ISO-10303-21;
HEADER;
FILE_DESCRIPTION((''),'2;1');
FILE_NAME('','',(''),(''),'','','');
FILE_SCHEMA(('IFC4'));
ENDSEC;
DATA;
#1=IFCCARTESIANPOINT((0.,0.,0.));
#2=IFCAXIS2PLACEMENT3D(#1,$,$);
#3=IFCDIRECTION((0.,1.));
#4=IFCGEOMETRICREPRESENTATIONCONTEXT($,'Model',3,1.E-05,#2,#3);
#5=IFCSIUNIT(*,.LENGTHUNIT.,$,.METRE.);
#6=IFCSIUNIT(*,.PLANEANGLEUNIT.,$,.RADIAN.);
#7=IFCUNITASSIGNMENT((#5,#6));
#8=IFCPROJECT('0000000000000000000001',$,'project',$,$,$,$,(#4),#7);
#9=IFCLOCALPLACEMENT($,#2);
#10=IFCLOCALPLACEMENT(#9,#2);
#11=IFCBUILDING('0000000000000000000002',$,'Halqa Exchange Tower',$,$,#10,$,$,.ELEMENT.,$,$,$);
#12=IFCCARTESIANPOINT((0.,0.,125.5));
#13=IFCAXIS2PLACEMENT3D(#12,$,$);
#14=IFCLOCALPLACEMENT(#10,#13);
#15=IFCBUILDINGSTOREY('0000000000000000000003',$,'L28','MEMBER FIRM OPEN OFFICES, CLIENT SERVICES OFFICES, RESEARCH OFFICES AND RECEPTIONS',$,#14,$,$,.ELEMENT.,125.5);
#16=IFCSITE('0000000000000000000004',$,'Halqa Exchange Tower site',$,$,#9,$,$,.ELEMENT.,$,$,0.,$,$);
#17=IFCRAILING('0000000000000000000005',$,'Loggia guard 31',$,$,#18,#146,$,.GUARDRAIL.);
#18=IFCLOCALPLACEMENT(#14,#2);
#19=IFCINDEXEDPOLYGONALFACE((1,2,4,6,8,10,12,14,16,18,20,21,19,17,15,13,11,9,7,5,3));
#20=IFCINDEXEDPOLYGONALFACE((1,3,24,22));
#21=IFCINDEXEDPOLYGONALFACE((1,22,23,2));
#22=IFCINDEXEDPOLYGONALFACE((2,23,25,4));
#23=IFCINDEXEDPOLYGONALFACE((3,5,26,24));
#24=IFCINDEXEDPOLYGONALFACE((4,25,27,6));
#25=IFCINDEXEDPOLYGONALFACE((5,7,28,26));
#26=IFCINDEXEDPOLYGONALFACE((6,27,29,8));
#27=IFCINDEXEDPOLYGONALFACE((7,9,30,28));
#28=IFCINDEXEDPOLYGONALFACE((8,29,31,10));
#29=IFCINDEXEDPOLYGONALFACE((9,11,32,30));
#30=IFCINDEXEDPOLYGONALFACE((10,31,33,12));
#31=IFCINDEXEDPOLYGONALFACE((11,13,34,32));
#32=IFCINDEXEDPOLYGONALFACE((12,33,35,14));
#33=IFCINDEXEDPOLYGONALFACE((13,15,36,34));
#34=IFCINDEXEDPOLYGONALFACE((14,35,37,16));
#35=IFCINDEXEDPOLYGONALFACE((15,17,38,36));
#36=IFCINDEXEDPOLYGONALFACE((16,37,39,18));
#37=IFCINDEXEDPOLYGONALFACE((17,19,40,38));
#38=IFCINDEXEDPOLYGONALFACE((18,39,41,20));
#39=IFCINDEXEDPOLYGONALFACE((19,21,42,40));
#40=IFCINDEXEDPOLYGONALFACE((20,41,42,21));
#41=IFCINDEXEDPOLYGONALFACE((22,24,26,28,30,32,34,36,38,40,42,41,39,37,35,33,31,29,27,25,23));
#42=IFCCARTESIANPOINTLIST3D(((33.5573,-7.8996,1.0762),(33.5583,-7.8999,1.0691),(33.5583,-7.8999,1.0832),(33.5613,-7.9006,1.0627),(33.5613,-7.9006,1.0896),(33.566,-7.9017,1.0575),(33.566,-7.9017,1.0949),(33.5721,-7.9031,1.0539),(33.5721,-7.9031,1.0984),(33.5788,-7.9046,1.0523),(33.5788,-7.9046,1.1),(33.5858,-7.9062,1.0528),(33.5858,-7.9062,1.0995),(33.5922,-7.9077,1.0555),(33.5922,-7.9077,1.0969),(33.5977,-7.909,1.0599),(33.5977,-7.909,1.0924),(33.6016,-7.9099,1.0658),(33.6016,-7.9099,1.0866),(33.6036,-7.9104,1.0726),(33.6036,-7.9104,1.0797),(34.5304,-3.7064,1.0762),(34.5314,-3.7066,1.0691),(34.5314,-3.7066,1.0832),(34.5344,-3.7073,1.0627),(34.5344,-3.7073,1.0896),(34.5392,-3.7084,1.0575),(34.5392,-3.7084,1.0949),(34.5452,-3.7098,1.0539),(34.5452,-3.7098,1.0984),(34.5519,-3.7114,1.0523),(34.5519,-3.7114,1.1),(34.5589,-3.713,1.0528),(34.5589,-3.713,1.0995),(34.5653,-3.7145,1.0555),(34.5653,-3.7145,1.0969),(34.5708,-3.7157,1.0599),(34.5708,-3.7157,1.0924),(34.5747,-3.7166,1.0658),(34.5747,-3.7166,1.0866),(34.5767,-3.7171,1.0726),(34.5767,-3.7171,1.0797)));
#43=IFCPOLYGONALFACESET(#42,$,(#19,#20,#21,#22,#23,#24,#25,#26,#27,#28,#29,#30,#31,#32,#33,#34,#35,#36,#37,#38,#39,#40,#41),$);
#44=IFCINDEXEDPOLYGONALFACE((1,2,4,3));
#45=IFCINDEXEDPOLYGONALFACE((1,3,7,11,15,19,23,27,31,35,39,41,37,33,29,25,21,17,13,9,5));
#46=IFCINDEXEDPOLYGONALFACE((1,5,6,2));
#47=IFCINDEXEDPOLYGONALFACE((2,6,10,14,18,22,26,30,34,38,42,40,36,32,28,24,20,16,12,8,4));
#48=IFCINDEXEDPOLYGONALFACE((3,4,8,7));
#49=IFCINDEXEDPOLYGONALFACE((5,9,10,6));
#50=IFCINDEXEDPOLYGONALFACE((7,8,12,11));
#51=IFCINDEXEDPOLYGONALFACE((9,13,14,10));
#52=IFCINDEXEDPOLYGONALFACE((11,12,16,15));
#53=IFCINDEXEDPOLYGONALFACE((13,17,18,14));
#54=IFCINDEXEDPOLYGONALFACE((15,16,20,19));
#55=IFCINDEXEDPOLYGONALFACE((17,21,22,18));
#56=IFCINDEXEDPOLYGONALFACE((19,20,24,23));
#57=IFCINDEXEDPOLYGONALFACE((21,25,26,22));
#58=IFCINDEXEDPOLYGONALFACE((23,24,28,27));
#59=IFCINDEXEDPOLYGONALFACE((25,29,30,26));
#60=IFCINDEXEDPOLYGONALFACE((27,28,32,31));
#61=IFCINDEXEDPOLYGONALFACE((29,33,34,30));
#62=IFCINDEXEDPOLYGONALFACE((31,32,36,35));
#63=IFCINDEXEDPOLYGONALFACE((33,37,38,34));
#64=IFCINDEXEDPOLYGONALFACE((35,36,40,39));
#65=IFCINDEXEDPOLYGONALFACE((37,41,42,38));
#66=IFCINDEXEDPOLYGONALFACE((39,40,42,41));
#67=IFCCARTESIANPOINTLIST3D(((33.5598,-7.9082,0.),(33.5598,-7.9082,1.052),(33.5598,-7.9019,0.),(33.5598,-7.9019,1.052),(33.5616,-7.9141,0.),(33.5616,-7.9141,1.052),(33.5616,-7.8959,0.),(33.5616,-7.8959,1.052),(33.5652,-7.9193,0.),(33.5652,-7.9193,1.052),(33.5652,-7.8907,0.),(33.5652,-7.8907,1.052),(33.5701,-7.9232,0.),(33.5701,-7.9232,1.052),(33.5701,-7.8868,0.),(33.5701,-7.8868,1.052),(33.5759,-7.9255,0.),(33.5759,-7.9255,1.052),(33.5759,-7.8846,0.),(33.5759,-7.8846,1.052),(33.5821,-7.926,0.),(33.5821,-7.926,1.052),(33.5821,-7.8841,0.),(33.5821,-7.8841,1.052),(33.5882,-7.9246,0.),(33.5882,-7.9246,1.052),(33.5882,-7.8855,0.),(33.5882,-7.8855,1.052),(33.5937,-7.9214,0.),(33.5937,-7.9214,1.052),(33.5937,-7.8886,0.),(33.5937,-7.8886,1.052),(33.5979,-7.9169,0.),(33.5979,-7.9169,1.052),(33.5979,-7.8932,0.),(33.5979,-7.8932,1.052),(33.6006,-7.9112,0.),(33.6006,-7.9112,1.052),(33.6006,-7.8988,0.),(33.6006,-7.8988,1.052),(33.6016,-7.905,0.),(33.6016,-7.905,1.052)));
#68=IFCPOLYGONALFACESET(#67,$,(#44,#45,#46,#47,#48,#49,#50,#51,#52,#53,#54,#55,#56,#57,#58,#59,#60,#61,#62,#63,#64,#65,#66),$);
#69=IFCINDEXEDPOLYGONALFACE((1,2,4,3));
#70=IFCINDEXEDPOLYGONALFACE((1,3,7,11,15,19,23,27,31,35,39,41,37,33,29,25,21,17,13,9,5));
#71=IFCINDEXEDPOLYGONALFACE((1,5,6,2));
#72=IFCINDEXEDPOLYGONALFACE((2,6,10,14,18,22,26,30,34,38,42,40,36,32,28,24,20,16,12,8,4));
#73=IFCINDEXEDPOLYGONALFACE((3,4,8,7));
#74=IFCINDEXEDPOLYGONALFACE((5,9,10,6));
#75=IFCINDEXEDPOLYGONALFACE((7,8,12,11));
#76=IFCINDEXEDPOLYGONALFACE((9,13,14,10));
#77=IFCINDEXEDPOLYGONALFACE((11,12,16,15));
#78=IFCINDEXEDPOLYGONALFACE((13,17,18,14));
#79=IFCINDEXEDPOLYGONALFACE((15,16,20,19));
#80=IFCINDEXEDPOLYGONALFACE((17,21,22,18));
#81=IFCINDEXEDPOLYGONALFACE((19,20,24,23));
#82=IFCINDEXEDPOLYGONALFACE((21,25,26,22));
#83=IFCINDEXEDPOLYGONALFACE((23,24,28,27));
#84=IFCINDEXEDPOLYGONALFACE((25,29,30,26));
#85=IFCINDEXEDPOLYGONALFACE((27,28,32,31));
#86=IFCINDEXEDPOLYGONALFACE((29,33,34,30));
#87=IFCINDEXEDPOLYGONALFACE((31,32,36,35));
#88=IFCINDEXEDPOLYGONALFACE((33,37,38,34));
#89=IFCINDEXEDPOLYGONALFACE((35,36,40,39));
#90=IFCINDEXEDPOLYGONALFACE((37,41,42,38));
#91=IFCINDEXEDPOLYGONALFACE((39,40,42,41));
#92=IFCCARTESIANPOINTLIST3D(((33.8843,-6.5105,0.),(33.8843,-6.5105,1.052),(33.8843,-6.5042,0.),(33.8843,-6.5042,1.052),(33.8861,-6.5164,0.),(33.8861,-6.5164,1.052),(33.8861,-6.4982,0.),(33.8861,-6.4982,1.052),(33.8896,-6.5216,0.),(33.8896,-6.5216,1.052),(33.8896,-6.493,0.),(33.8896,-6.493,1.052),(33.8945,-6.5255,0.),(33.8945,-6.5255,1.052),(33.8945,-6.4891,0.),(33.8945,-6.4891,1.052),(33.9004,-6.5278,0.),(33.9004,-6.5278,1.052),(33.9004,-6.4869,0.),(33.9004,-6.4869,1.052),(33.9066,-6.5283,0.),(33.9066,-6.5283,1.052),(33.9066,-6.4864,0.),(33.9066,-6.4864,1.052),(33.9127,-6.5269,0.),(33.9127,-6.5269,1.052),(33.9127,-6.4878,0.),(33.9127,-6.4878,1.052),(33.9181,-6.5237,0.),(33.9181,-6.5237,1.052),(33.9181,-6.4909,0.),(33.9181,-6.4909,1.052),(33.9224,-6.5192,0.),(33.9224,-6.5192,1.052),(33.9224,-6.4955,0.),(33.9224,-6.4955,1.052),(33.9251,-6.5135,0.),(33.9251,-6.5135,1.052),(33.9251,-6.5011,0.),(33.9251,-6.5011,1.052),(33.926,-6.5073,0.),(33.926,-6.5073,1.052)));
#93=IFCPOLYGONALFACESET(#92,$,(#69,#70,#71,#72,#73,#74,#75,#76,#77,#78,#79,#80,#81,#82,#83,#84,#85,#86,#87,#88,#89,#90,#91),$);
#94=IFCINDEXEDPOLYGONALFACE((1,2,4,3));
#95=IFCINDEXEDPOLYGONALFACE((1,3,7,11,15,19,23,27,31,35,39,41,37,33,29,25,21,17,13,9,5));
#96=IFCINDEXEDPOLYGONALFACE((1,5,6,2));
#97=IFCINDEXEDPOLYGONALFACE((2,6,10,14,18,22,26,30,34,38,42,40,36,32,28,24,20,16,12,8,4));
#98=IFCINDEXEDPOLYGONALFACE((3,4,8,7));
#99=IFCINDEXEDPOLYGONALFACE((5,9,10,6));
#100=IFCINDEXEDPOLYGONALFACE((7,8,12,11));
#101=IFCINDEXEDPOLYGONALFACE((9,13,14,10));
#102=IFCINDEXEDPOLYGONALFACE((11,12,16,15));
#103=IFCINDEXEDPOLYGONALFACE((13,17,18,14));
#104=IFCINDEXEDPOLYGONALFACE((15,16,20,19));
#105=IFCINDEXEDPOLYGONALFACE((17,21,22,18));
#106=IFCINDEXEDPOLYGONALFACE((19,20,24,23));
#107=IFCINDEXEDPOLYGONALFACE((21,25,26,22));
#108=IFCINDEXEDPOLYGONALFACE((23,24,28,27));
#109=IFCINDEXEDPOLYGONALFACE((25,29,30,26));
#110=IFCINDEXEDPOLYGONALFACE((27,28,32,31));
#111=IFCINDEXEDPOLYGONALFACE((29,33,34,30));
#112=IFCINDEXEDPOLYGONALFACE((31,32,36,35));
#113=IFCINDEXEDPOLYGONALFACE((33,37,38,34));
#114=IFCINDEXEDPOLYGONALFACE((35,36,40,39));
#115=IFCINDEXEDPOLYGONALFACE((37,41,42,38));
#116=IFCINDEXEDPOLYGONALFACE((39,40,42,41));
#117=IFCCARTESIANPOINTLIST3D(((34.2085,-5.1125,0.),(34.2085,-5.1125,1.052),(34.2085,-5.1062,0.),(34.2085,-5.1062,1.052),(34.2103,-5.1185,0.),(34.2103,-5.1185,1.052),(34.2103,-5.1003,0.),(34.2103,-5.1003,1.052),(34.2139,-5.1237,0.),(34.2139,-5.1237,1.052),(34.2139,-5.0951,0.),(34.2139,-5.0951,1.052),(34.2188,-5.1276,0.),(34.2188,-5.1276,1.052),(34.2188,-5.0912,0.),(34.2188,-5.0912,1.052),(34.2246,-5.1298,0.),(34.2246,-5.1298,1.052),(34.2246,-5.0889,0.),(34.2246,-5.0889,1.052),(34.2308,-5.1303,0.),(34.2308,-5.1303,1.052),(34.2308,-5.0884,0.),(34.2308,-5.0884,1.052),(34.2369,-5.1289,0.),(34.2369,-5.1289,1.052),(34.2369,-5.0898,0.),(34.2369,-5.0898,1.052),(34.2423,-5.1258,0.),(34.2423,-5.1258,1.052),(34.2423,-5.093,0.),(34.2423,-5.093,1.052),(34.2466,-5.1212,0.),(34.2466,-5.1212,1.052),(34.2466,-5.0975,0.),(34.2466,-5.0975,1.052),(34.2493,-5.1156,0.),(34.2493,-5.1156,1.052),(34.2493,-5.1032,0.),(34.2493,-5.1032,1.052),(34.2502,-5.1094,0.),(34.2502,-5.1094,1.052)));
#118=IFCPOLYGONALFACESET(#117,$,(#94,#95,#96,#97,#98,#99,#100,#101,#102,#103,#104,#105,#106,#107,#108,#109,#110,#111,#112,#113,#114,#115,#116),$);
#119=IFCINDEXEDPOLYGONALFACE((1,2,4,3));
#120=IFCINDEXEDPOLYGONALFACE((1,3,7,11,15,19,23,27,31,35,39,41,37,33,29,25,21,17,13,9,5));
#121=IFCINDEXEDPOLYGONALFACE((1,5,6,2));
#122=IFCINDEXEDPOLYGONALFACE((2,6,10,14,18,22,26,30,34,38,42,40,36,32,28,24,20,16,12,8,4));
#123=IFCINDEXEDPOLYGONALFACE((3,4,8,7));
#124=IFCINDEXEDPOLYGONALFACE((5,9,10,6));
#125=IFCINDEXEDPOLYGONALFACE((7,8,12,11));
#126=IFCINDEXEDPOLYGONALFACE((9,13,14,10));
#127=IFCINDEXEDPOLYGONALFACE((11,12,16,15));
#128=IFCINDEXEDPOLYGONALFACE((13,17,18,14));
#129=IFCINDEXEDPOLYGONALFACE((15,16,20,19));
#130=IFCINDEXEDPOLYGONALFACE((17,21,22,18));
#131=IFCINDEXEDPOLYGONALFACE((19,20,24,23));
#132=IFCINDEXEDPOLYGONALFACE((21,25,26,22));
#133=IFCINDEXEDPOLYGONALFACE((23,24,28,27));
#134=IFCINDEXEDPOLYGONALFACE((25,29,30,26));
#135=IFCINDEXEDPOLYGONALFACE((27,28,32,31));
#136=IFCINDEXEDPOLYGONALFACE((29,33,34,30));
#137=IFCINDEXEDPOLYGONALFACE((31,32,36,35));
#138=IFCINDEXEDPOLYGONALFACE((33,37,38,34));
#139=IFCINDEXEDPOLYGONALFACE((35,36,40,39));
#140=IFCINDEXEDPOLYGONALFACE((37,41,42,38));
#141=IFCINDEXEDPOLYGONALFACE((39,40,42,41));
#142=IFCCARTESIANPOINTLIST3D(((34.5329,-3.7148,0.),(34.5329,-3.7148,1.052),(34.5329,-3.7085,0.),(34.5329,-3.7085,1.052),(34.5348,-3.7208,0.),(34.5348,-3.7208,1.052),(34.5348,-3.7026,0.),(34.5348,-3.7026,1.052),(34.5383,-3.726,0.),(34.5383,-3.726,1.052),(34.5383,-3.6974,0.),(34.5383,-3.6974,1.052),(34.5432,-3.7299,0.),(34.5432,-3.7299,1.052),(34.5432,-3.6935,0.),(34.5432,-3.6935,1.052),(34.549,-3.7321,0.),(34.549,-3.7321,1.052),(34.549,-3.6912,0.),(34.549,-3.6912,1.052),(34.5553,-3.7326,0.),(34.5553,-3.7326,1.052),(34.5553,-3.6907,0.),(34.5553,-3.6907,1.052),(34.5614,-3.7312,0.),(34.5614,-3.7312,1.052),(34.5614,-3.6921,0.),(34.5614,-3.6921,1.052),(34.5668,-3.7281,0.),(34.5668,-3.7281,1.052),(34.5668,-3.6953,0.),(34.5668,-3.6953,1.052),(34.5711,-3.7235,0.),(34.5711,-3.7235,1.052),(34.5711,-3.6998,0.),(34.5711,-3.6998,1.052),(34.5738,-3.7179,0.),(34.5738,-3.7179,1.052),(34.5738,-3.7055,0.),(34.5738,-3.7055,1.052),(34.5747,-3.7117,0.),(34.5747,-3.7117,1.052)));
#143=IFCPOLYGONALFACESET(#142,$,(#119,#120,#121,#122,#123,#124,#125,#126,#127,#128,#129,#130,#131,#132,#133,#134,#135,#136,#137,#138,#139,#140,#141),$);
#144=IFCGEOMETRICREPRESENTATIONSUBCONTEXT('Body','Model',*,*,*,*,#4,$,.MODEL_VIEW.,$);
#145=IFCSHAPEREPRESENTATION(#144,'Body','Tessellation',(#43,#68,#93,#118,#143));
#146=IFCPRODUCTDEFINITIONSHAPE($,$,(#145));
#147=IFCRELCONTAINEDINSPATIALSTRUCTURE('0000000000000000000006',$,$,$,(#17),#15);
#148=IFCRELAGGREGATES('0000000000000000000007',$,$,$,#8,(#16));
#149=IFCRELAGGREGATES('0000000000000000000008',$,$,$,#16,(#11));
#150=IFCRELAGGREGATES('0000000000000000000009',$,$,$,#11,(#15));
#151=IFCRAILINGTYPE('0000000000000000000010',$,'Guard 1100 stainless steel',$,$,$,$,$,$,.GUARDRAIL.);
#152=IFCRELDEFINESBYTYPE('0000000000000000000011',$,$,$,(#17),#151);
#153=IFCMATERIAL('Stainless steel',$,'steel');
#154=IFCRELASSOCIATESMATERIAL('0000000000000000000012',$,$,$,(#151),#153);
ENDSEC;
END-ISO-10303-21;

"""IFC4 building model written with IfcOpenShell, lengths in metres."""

from ifc_helpers import new_model, si_unit, direction, frame, origin, origin_2d, place, context, subcontext, project, spatial, circle, extrude, material, type_object, element, save


model = new_model("IFC4")

# Units and contexts
model_context = context("Model", 3, precision=1e-05, world=origin(), true_north=direction((0.0, 1.0)))
body_context = subcontext(model_context, "Body", "Model", "MODEL_VIEW")
ifc_project = project(units=[si_unit("LENGTHUNIT", "METRE"), si_unit("PLANEANGLEUNIT", "RADIAN")], contexts=[model_context])

# Site, building, storey
site_placement = place(None, origin())
site = spatial("IfcSite", under=ifc_project, at=site_placement, Name="Halqa Exchange Tower site", CompositionType="ELEMENT", RefElevation=0.0)
building_placement = place(site_placement, origin())
building = spatial("IfcBuilding", under=site, at=building_placement, Name="Halqa Exchange Tower", CompositionType="ELEMENT")
storey_placement = place(building_placement, frame((0.0, 0.0, 125.5)))
storey = spatial("IfcBuildingStorey", under=building, at=storey_placement, Name="L28", Description="MEMBER FIRM OPEN OFFICES, CLIENT SERVICES OFFICES, RESEARCH OFFICES AND RECEPTIONS", CompositionType="ELEMENT", Elevation=125.5)

# Railing
ifc_material_1 = material(Name="Stainless steel", Category="steel")
railing_type = type_object("IfcRailingType", Name="Guard 1100 stainless steel", PredefinedType="GUARDRAIL", material=ifc_material_1)
railing_1_placement = place(storey_placement, frame((33.5806, -7.905, 0.0)))
element("IfcRailing", 1, at=railing_1_placement, inside=storey, type_object=railing_type, Name="Loggia guard 31", PredefinedType="GUARDRAIL", context=body_context, shape_type="SweptSolid", body=[
    extrude(circle(Radius=0.0239, at=origin_2d()), frame((0.0, 0.0, 1.0762), z_axis=(0.226061, 0.974113, 0.0), x_axis=(-0.974113, 0.226061, 0.0)), (0.0, 0.0, 1.0), 4.3047),
    extrude(circle(Radius=0.021, at=origin_2d()), origin(), (0.0, 0.0, 1.0), 1.052),
    extrude(circle(Radius=0.021, at=origin_2d()), frame((0.3245, 1.3977, 0.0)), (0.0, 0.0, 1.0), 1.052),
    extrude(circle(Radius=0.021, at=origin_2d()), frame((0.6487, 2.7957, 0.0)), (0.0, 0.0, 1.0), 1.052),
    extrude(circle(Radius=0.021, at=origin_2d()), frame((0.9731, 4.1934, 0.0)), (0.0, 0.0, 1.0), 1.052),
])

save(model, "model.ifc")
